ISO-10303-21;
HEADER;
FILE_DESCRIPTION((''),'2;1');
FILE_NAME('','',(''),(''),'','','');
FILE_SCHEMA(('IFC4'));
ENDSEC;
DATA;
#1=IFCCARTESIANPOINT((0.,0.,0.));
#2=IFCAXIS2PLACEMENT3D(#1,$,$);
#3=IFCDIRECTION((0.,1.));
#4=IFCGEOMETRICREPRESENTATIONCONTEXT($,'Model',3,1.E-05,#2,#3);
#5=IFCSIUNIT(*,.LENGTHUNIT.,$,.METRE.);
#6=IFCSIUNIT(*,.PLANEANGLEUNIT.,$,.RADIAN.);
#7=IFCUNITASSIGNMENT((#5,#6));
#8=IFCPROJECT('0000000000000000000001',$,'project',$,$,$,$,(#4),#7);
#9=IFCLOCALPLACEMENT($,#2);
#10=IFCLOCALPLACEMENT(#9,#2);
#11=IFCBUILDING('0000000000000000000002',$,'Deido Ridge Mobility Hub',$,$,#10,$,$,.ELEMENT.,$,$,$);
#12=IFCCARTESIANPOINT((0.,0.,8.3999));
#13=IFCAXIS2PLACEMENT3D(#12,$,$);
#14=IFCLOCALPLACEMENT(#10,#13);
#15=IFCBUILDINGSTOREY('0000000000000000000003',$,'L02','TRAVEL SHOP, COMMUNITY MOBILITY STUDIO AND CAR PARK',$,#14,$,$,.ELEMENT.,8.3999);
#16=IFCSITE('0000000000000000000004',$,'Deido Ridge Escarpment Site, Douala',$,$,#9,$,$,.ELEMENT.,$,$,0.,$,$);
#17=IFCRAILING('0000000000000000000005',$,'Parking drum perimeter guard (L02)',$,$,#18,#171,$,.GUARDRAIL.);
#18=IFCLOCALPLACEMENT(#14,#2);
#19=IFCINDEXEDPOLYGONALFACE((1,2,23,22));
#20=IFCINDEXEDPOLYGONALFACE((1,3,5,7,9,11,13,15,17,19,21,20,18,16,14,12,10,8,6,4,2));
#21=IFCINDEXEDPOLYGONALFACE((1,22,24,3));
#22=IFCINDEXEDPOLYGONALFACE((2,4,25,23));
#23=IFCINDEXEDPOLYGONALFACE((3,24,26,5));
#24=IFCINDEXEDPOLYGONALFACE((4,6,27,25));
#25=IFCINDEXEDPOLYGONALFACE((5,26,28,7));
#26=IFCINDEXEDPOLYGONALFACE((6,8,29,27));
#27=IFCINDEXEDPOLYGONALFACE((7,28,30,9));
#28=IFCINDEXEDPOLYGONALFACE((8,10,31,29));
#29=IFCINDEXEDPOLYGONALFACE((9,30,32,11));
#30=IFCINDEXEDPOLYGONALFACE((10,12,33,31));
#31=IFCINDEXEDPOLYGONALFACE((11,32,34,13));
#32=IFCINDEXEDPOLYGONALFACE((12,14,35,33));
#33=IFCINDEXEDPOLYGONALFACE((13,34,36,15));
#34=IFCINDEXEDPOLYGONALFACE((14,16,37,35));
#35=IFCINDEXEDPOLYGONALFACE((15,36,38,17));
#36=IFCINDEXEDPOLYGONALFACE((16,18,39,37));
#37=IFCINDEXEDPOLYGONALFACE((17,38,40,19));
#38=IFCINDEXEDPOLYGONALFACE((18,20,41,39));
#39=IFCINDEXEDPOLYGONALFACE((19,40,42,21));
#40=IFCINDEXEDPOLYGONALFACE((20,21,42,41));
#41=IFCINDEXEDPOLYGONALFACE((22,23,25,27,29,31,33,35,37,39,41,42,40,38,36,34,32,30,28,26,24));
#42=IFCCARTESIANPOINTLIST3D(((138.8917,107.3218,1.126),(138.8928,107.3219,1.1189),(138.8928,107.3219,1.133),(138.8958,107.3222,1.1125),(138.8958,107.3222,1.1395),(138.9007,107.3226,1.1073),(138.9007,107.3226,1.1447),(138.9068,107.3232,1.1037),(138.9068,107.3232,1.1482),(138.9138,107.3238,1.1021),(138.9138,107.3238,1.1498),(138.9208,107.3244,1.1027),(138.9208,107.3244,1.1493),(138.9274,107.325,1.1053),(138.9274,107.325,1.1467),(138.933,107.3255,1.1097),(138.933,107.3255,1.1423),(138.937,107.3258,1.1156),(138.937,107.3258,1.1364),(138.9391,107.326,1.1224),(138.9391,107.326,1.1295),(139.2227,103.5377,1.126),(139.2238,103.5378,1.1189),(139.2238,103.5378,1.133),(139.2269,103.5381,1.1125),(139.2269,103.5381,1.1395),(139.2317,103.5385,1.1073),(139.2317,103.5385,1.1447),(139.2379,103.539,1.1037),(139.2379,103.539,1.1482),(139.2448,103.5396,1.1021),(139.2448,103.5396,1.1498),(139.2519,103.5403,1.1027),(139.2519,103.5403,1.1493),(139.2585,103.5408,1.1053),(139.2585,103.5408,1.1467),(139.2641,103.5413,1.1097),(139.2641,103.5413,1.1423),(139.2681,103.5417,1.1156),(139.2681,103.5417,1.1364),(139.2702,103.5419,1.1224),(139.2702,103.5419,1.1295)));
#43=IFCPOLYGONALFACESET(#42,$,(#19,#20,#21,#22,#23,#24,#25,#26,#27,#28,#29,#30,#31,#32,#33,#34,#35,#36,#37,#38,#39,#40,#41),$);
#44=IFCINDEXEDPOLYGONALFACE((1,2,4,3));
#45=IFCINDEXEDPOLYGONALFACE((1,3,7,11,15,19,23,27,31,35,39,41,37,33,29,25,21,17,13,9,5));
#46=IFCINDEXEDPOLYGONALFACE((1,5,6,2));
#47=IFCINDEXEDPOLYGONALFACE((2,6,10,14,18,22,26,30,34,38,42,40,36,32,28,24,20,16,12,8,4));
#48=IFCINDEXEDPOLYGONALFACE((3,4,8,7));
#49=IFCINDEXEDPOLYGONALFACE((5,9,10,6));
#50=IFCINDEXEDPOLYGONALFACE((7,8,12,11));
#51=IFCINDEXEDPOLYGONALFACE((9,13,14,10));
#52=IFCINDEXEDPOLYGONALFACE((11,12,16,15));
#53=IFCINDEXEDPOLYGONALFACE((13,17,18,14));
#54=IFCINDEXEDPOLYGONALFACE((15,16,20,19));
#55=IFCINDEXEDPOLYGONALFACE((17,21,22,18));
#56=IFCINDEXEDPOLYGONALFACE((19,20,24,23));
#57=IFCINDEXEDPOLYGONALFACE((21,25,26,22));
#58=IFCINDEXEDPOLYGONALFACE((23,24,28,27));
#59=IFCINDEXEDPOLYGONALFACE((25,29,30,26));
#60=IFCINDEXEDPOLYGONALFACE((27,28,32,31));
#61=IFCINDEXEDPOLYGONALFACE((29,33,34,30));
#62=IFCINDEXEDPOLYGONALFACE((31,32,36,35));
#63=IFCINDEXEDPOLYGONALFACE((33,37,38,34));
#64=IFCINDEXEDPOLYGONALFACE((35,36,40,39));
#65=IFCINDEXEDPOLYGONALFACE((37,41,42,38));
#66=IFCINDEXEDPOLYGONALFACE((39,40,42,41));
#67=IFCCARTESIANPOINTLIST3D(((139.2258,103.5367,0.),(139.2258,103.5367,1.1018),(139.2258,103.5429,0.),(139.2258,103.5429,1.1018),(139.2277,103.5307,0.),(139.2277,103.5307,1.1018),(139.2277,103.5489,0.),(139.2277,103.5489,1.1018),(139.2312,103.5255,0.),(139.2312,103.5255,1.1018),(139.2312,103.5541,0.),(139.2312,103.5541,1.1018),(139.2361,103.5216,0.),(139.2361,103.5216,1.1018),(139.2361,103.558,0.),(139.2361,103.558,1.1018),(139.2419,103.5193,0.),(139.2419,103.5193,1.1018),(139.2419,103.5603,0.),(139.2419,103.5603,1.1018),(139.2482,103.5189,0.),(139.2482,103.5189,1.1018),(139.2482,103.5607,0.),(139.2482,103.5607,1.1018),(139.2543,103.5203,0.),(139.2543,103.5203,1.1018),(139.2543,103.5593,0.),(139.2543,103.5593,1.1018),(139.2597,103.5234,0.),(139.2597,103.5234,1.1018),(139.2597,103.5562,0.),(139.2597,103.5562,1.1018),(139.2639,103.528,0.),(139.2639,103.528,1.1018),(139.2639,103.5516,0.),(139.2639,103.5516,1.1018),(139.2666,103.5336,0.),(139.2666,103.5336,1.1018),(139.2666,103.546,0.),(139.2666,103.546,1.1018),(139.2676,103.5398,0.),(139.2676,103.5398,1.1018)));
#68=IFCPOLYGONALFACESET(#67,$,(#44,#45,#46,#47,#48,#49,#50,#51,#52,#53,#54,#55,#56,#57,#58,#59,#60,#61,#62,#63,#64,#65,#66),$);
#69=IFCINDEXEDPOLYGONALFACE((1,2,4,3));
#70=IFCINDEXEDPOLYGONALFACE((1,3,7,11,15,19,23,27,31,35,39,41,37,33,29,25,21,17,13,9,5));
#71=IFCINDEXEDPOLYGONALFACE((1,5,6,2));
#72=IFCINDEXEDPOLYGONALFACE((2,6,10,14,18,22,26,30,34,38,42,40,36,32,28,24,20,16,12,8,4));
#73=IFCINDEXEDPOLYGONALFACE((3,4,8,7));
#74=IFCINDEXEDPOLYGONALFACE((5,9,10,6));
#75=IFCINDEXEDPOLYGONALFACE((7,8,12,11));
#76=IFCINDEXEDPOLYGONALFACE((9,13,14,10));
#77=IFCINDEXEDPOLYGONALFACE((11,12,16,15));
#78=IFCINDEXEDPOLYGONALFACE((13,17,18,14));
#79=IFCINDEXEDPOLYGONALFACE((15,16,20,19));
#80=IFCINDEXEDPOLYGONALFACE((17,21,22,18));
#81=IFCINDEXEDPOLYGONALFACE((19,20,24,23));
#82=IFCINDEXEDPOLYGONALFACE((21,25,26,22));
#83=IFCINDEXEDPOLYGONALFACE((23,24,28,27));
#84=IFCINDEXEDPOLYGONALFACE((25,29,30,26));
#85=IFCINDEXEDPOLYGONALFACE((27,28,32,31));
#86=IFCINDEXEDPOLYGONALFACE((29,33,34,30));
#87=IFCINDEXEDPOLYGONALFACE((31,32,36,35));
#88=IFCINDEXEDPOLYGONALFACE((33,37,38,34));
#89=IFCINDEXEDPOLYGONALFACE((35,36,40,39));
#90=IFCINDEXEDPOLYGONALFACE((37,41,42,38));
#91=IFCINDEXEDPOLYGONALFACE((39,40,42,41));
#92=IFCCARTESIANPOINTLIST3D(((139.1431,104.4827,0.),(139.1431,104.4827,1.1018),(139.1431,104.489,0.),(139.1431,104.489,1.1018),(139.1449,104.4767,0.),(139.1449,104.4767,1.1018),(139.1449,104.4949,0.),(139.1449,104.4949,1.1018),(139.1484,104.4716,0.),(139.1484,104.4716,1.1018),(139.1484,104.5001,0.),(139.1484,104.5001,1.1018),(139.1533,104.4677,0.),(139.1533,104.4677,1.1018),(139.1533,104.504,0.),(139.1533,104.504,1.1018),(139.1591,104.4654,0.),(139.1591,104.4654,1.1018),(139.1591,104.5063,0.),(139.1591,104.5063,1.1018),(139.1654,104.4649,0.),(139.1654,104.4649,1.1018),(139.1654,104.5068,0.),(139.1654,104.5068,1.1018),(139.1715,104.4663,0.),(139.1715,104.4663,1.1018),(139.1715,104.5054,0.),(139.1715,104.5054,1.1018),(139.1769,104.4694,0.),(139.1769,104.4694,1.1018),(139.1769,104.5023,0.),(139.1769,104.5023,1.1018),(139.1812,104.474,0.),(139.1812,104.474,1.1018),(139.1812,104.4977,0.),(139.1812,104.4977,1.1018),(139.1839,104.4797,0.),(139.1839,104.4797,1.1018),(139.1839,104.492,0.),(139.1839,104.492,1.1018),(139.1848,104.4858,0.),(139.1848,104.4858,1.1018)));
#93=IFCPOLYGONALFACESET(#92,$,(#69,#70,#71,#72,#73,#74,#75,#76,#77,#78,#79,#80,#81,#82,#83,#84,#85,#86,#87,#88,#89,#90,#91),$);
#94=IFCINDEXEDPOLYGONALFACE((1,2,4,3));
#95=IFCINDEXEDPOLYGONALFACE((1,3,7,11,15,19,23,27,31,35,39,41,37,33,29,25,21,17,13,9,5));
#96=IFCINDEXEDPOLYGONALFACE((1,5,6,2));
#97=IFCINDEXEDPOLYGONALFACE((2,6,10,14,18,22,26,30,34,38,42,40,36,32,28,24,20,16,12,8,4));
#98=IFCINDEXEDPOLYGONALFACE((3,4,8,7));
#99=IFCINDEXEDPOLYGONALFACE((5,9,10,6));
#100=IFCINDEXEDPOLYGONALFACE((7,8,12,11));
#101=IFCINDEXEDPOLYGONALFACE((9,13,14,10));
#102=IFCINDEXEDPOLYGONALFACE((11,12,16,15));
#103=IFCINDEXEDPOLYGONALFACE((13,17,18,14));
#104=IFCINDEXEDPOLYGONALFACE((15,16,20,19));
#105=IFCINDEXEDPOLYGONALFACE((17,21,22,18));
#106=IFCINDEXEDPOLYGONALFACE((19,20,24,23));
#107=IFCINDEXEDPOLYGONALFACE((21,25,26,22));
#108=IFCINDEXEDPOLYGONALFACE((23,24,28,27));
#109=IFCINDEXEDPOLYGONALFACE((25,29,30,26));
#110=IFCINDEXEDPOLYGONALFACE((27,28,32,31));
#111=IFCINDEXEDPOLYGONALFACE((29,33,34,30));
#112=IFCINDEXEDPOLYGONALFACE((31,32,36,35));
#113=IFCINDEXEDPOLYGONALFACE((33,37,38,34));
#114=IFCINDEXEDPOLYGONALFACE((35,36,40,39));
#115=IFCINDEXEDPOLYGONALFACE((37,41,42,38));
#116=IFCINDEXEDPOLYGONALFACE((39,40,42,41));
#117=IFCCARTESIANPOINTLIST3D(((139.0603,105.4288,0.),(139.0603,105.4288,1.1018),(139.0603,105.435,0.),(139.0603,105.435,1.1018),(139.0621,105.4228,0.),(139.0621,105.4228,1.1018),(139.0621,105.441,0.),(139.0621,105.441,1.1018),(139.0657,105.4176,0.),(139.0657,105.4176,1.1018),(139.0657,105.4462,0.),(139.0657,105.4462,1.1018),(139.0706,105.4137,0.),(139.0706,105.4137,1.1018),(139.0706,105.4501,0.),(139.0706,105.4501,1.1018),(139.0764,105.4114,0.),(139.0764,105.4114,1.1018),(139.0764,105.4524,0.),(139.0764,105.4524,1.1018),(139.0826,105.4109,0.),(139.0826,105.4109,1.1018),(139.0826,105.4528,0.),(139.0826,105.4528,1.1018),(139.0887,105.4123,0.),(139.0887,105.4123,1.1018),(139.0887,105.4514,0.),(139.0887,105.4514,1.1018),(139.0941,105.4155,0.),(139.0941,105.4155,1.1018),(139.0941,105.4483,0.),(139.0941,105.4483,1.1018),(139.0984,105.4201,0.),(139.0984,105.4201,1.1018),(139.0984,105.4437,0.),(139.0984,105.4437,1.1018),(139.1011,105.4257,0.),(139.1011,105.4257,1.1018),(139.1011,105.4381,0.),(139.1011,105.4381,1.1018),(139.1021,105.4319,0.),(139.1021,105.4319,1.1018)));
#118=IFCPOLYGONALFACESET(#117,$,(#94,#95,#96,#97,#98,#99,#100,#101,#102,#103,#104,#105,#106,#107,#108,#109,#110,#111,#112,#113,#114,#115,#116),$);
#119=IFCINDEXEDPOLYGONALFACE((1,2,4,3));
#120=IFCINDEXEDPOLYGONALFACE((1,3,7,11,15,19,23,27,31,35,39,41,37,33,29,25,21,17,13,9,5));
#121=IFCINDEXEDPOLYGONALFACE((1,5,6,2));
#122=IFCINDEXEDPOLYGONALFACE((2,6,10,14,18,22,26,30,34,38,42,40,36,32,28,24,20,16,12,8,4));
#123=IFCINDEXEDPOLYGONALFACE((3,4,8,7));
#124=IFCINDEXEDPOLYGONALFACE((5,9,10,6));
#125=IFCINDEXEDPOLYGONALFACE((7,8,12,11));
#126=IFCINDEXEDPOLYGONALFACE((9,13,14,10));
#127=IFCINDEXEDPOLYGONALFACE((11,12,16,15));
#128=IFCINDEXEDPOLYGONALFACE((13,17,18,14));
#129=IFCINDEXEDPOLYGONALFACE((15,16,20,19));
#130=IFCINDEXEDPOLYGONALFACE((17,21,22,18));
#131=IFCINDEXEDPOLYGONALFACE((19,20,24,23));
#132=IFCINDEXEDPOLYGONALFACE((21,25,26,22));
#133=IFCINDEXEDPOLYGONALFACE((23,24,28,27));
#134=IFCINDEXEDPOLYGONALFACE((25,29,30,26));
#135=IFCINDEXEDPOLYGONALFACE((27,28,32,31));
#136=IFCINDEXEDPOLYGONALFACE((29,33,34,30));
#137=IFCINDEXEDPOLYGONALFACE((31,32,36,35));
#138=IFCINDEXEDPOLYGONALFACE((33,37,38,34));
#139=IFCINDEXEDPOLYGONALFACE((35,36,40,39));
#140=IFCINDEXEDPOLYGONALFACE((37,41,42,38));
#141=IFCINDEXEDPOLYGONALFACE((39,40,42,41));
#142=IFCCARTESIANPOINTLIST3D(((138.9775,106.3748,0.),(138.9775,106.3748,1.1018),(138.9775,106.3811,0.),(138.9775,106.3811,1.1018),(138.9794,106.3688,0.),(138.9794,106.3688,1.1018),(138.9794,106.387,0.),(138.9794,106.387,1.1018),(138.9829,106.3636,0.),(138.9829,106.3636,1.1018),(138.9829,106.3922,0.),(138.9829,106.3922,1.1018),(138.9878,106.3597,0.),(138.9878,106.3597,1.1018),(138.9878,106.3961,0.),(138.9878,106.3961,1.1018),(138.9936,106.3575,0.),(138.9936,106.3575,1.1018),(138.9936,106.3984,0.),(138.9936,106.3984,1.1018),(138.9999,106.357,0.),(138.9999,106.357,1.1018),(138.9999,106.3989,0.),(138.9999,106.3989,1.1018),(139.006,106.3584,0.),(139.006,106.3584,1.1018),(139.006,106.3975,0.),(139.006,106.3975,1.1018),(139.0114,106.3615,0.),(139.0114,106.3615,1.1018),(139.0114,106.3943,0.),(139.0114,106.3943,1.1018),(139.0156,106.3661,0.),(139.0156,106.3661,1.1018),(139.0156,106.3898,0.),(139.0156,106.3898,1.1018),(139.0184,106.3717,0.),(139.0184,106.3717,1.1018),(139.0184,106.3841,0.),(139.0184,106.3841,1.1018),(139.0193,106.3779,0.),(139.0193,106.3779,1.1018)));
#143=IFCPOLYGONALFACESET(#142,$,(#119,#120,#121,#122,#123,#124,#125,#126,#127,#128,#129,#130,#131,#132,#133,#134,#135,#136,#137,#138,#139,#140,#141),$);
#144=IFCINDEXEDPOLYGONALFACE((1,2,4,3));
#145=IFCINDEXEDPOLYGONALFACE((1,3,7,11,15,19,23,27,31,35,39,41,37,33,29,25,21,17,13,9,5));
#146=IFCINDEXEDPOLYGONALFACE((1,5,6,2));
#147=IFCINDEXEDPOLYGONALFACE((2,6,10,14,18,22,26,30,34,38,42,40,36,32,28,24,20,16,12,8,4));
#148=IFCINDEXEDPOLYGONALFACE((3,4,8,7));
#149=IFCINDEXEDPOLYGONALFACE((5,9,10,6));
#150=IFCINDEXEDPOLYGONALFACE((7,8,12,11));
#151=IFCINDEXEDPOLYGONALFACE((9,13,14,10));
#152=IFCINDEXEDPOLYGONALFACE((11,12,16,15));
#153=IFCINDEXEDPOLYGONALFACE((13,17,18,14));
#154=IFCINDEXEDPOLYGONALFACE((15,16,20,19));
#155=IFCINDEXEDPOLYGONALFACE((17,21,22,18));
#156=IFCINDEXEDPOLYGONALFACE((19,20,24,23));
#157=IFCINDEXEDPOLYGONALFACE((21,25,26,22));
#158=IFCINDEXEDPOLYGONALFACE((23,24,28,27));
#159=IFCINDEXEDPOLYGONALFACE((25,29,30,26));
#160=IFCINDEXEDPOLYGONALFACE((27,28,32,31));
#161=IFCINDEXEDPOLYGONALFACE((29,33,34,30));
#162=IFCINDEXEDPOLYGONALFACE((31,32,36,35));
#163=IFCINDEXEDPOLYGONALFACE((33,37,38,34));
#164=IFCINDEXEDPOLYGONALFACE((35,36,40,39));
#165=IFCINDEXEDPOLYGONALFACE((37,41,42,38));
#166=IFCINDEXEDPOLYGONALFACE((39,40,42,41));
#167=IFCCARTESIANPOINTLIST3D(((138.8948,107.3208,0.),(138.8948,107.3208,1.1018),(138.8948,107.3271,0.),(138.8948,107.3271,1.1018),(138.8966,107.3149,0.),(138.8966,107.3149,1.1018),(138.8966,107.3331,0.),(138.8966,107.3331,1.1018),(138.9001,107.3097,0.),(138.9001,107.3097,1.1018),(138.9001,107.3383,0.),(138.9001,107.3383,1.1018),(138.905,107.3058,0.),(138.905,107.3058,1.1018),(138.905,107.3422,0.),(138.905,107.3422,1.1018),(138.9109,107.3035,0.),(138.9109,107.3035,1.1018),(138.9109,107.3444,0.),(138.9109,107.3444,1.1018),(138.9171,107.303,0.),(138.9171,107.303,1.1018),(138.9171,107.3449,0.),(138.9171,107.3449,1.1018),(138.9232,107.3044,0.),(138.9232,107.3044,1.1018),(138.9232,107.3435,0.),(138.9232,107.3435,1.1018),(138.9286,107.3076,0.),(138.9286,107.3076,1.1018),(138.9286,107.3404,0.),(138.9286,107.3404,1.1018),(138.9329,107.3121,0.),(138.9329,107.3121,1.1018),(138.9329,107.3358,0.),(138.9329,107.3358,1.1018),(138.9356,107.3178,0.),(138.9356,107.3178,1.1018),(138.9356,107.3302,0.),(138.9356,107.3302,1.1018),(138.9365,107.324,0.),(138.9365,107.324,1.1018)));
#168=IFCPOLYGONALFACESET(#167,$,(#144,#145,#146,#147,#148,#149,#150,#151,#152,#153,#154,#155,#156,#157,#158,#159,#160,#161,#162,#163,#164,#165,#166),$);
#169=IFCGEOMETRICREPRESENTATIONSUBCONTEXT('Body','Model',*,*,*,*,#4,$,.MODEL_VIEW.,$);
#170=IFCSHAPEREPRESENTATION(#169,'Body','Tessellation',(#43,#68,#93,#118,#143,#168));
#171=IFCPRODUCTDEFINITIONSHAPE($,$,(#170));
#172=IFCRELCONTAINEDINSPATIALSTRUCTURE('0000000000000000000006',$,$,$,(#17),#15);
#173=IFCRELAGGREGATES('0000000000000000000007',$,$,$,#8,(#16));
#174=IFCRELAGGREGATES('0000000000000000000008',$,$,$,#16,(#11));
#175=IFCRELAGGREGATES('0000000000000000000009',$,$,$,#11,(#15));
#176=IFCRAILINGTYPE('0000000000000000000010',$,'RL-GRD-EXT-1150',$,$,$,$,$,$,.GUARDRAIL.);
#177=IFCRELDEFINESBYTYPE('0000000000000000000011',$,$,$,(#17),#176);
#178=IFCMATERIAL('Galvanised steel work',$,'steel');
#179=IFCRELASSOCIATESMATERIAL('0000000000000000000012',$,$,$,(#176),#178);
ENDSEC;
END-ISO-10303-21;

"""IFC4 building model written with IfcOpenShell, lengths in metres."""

from ifc_helpers import new_model, si_unit, direction, frame, origin, origin_2d, place, context, subcontext, project, spatial, circle, extrude, material, type_object, element, save


model = new_model("IFC4")

# Units and contexts
model_context = context("Model", 3, precision=1e-05, world=origin(), true_north=direction((0.0, 1.0)))
body_context = subcontext(model_context, "Body", "Model", "MODEL_VIEW")
ifc_project = project(units=[si_unit("LENGTHUNIT", "METRE"), si_unit("PLANEANGLEUNIT", "RADIAN")], contexts=[model_context])

# Site, building, storey
site_placement = place(None, origin())
site = spatial("IfcSite", under=ifc_project, at=site_placement, Name="Deido Ridge Escarpment Site, Douala", CompositionType="ELEMENT", RefElevation=0.0)
building_placement = place(site_placement, origin())
building = spatial("IfcBuilding", under=site, at=building_placement, Name="Deido Ridge Mobility Hub", CompositionType="ELEMENT")
storey_placement = place(building_placement, frame((0.0, 0.0, 8.3999)))
storey = spatial("IfcBuildingStorey", under=building, at=storey_placement, Name="L02", Description="TRAVEL SHOP, COMMUNITY MOBILITY STUDIO AND CAR PARK", CompositionType="ELEMENT", Elevation=8.3999)

# Railing
ifc_material_1 = material(Name="Galvanised steel work", Category="steel")
railing_type = type_object("IfcRailingType", Name="RL-GRD-EXT-1150", PredefinedType="GUARDRAIL", material=ifc_material_1)
railing_1_placement = place(storey_placement, frame((139.2466, 103.5398, 0.0)))
element("IfcRailing", 1, at=railing_1_placement, inside=storey, type_object=railing_type, Name="Parking drum perimeter guard (L02)", PredefinedType="GUARDRAIL", context=body_context, shape_type="SweptSolid", body=[
    extrude(circle(Radius=0.0239, at=origin_2d()), frame((0.0, 0.0, 1.126), z_axis=(-0.087151, 0.996195, 0.0), x_axis=(-0.996195, -0.087151, 0.0)), (0.0, 0.0, 1.0), 3.7986),
    extrude(circle(Radius=0.021, at=origin_2d()), origin(), (0.0, 0.0, 1.0), 1.1018),
    extrude(circle(Radius=0.021, at=origin_2d()), frame((-0.0828, 0.946, 0.0)), (0.0, 0.0, 1.0), 1.1018),
    extrude(circle(Radius=0.021, at=origin_2d()), frame((-0.1655, 1.8921, 0.0)), (0.0, 0.0, 1.0), 1.1018),
    extrude(circle(Radius=0.021, at=origin_2d()), frame((-0.2483, 2.8381, 0.0)), (0.0, 0.0, 1.0), 1.1018),
    extrude(circle(Radius=0.021, at=origin_2d()), frame((-0.3311, 3.7842, 0.0)), (0.0, 0.0, 1.0), 1.1018),
])

save(model, "model.ifc")
